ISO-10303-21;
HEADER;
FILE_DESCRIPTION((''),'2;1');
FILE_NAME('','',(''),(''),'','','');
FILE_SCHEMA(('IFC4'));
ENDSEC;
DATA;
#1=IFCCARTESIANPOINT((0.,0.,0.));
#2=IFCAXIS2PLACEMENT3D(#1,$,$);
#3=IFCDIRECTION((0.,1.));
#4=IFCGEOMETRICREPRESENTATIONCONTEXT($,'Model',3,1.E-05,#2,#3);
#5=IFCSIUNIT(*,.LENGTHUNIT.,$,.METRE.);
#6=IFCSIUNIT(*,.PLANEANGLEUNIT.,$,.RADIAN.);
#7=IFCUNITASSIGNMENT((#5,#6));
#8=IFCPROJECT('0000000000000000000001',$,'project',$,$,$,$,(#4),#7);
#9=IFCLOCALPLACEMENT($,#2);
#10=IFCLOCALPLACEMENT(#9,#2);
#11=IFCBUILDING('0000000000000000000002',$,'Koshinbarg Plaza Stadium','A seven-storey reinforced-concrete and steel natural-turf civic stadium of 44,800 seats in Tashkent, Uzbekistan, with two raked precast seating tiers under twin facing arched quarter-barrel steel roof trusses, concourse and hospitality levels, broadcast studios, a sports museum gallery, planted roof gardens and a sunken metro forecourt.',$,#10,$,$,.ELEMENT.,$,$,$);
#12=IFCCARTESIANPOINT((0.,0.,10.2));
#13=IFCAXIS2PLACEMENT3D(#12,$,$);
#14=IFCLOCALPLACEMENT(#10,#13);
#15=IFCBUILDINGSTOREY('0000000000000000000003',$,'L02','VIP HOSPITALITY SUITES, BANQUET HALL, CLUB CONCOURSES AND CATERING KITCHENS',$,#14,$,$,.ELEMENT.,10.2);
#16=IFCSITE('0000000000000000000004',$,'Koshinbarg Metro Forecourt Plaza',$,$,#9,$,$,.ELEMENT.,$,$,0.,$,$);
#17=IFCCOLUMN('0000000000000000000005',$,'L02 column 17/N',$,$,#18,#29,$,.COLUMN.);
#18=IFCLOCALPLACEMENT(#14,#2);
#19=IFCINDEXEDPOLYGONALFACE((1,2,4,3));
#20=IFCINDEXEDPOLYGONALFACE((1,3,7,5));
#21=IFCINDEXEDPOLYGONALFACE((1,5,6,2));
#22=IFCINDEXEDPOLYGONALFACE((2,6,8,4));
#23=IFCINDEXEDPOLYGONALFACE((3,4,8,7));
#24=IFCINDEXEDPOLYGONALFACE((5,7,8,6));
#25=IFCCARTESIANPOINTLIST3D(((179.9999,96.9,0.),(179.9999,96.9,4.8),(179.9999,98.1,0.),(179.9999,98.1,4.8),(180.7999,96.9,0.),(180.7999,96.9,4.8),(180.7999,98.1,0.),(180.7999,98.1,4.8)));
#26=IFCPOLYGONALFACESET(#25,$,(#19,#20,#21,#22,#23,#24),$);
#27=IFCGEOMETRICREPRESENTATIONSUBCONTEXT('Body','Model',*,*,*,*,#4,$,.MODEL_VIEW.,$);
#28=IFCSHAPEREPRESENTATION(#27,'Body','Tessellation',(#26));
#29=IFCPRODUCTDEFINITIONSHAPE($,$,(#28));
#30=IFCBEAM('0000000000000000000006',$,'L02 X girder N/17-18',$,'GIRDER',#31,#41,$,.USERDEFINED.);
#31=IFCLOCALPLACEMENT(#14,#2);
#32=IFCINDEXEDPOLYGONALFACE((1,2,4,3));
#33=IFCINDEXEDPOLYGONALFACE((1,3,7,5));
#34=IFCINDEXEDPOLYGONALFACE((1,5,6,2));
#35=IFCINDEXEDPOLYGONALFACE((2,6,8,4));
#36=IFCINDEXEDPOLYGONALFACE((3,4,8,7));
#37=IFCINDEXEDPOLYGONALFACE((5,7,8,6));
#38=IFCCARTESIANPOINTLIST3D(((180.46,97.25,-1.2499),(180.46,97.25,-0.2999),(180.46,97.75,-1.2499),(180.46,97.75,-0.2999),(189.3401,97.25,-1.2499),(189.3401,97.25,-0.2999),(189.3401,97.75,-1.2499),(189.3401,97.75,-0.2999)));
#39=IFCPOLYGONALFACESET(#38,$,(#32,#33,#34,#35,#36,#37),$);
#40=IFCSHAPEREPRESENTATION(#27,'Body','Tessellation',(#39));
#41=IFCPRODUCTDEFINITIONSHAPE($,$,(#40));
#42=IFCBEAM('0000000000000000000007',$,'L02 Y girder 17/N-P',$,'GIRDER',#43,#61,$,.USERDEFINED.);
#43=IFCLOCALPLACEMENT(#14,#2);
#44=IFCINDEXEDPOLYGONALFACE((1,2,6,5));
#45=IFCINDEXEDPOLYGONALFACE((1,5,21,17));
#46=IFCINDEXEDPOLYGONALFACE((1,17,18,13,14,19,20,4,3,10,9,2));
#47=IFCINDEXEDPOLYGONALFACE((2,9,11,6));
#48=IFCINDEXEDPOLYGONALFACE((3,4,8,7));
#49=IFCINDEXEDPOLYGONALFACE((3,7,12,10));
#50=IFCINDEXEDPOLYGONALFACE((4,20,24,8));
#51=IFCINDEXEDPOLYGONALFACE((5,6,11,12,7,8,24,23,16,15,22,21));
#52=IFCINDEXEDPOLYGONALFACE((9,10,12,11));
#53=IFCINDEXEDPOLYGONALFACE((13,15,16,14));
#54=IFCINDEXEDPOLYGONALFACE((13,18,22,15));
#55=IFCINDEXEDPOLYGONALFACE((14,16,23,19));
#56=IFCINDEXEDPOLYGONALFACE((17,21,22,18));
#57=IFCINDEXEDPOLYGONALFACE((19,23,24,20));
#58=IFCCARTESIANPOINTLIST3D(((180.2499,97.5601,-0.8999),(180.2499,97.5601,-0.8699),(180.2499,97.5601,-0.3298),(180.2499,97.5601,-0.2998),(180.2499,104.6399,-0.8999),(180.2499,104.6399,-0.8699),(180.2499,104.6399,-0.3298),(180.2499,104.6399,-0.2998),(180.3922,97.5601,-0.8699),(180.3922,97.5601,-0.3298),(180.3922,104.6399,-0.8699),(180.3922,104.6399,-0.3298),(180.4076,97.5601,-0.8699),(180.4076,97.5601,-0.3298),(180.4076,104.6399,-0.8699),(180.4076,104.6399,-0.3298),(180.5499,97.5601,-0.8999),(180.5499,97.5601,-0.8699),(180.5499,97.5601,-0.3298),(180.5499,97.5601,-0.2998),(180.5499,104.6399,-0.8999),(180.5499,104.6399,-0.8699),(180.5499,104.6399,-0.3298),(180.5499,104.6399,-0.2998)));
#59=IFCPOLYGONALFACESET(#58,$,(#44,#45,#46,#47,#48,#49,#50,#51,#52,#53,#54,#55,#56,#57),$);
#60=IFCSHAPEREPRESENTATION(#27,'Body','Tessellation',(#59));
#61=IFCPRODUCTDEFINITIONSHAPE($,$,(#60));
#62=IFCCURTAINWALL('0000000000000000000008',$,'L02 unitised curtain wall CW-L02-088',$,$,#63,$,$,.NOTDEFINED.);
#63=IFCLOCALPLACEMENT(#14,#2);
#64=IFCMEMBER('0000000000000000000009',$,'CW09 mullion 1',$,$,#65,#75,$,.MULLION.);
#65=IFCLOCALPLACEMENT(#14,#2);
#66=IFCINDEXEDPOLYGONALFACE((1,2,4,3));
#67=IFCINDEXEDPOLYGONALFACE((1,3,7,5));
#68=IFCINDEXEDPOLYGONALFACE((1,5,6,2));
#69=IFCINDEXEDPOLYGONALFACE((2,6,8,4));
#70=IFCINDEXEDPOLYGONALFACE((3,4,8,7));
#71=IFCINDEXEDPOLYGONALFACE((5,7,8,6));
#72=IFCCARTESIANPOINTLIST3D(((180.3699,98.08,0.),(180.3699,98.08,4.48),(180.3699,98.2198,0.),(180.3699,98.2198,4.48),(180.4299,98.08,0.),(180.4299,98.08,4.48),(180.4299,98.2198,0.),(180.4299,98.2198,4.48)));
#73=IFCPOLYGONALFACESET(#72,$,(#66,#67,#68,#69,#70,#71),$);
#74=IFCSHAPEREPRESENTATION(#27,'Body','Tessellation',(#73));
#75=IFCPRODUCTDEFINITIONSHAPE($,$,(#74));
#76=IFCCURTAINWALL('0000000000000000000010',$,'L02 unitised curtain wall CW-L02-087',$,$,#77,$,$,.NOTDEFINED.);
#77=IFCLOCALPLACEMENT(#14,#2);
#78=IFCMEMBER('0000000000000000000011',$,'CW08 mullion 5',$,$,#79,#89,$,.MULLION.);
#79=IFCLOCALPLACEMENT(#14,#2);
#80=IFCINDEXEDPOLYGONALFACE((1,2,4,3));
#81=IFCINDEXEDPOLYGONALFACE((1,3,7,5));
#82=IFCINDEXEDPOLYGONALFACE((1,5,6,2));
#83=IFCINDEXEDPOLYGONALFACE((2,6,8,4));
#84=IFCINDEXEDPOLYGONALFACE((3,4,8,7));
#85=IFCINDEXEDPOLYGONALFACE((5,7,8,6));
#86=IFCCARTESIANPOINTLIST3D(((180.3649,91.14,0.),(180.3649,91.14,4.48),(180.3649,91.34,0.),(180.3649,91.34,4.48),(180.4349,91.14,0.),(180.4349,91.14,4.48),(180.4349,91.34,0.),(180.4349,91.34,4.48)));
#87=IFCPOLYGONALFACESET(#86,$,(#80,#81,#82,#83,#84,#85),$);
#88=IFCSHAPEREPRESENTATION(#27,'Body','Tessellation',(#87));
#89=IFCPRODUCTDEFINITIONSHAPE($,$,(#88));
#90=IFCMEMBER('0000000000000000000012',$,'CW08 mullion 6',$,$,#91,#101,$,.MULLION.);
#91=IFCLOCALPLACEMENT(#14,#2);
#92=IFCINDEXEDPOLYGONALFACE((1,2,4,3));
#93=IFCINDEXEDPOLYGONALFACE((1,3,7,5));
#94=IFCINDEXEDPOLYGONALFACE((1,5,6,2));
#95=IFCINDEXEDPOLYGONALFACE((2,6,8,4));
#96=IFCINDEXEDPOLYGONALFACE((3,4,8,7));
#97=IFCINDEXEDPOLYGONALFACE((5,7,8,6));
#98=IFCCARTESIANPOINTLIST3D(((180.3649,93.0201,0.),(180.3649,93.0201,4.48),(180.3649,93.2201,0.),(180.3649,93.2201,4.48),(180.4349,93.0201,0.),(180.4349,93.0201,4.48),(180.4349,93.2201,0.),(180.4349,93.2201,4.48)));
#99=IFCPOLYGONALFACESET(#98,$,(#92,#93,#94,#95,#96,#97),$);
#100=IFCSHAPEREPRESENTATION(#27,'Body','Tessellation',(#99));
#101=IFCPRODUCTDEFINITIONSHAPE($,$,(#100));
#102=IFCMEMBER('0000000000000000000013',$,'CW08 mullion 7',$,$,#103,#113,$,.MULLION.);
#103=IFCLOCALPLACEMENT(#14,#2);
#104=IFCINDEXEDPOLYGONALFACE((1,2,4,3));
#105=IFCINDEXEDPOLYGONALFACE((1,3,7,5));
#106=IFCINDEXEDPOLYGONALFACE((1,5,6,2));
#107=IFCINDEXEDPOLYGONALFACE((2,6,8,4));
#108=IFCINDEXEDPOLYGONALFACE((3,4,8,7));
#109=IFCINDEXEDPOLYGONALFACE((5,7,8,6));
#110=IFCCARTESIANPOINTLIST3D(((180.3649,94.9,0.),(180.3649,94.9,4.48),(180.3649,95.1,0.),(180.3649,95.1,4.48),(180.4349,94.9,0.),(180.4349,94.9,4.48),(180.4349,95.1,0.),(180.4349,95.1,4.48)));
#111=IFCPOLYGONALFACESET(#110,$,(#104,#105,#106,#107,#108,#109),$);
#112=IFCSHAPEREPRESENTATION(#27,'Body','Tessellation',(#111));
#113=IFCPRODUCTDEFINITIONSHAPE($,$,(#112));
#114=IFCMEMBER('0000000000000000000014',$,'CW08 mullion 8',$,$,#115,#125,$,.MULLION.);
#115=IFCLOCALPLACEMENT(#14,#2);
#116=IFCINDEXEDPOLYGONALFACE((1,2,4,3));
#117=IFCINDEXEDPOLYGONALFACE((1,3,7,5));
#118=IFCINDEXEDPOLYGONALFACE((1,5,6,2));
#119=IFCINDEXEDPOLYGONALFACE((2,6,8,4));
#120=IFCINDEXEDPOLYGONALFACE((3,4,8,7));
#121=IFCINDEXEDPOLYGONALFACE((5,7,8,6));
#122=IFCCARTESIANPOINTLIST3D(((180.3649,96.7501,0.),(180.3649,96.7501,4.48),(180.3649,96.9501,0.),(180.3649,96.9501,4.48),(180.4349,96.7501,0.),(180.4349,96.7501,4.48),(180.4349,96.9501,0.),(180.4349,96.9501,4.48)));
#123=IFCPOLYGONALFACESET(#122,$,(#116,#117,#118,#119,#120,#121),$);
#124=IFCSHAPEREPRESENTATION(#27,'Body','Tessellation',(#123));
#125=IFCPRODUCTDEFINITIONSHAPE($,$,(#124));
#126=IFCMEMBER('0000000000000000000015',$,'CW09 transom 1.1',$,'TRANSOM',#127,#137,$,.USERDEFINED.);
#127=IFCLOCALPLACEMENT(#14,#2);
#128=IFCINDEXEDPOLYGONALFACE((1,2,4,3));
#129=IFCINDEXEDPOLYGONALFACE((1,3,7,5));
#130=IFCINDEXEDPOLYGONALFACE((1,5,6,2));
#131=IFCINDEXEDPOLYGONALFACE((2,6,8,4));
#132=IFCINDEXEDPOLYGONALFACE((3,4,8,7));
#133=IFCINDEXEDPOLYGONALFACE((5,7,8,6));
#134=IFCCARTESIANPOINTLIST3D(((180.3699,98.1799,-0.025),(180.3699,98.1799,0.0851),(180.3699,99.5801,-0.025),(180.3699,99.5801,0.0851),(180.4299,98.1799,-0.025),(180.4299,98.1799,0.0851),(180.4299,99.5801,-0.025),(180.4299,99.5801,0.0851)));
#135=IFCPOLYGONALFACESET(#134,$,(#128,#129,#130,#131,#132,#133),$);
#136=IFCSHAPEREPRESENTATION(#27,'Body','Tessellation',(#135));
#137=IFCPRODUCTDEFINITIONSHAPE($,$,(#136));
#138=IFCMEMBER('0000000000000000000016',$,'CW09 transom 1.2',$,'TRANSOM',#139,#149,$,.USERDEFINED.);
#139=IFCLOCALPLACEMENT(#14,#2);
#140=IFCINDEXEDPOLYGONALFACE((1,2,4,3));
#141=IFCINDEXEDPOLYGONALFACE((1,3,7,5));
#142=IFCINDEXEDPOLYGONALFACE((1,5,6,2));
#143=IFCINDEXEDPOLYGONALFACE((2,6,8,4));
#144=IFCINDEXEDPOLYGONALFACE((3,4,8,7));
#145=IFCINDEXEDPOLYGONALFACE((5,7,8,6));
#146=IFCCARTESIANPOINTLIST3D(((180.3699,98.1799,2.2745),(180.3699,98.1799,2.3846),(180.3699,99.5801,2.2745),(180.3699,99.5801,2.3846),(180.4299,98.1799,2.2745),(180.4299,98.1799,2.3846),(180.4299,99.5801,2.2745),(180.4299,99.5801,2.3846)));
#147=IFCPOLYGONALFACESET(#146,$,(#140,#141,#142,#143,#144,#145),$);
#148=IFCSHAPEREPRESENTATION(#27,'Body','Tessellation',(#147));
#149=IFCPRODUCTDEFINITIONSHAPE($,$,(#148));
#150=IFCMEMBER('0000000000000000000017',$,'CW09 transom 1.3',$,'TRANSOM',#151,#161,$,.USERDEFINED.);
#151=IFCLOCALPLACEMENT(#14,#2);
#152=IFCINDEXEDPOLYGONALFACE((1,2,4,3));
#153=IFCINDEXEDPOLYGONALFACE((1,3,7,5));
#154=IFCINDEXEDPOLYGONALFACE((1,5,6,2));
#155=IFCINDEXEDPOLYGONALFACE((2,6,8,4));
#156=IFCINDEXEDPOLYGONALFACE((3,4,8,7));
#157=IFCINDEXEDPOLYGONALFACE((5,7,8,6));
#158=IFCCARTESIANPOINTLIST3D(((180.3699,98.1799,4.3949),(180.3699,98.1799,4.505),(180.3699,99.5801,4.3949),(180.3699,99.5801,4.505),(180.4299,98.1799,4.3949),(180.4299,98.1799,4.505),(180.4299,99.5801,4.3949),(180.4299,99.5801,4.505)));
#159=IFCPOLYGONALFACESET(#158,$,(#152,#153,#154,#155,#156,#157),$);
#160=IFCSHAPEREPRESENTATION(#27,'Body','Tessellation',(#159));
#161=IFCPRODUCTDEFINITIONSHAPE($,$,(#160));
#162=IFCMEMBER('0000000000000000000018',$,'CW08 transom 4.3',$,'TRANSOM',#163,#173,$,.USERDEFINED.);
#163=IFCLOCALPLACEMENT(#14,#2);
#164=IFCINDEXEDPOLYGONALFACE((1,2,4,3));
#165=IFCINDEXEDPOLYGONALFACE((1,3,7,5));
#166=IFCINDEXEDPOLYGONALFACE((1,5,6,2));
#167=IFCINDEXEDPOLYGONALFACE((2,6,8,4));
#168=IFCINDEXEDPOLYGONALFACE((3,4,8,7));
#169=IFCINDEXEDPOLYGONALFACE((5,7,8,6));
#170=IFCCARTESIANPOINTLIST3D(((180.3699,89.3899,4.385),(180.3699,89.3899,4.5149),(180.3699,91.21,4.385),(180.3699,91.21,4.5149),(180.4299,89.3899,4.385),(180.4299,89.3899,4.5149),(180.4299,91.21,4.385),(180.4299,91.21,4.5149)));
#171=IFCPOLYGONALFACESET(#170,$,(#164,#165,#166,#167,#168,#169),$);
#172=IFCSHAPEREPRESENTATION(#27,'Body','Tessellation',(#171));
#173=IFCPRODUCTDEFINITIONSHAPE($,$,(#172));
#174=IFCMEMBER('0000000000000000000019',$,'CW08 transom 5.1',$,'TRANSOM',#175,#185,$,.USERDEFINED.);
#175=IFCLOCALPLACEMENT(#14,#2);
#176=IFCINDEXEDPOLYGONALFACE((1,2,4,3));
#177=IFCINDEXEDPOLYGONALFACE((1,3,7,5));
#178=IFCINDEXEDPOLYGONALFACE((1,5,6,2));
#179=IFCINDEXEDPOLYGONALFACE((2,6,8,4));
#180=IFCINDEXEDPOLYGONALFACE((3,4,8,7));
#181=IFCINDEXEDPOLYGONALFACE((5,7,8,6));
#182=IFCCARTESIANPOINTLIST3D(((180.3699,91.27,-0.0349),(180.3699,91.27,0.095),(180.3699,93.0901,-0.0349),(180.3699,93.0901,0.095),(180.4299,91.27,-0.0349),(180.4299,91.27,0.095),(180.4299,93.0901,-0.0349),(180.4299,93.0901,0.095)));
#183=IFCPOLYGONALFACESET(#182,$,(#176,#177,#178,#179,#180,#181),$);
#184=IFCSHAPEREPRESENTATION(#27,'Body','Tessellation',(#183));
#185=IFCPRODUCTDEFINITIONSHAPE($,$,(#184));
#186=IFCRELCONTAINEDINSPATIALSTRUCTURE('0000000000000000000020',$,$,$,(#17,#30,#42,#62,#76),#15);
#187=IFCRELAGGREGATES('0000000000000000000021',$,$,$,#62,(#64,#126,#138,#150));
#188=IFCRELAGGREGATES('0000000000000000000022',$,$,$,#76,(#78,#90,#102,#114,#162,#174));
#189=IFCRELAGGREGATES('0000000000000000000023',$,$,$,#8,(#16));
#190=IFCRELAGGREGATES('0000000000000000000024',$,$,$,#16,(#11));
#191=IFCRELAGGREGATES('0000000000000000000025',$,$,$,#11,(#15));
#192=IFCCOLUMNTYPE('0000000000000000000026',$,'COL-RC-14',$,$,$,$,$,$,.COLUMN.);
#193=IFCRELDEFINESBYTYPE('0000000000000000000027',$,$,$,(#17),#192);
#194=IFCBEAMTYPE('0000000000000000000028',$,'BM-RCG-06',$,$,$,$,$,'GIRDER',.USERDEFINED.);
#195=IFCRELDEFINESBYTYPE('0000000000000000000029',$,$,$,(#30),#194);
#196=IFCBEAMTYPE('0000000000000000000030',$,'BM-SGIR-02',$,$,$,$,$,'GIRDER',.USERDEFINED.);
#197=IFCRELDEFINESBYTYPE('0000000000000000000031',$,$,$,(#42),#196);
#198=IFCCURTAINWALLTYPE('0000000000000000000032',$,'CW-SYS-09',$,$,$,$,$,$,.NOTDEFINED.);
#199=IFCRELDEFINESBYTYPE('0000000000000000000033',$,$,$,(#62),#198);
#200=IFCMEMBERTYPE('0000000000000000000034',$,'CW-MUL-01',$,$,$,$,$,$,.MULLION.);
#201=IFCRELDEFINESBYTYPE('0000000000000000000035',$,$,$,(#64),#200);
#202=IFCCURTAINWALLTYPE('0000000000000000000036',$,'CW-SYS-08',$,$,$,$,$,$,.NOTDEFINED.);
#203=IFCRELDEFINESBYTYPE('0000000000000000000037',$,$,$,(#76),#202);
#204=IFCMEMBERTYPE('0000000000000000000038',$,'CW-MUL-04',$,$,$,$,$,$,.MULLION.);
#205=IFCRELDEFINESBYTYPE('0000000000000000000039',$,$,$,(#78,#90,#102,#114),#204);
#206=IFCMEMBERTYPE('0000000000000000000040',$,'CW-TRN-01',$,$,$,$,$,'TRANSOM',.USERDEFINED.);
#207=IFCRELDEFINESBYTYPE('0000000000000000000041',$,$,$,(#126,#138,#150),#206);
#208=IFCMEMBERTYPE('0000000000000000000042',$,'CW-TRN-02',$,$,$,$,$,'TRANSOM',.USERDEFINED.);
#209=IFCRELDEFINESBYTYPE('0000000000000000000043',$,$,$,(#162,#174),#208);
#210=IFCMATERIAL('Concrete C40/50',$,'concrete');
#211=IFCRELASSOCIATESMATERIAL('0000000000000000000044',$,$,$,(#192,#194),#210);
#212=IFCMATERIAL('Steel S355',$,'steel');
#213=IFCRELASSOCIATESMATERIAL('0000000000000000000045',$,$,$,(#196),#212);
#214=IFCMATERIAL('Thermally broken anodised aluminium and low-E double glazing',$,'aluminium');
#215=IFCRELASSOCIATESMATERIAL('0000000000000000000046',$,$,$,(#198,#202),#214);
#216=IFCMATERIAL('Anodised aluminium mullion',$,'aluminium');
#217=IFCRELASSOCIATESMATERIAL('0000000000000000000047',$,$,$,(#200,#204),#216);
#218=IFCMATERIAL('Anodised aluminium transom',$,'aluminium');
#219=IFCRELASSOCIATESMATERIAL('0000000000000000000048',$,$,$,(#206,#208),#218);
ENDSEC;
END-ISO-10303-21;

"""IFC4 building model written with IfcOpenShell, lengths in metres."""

from ifc_helpers import new_model, si_unit, direction, frame, origin, origin_2d, place, context, subcontext, project, spatial, rectangle, i_section, extrude, material, material_profile, profile_set, type_object, element, aggregate, save


model = new_model("IFC4")

# Units and contexts
model_context = context("Model", 3, precision=1e-05, world=origin(), true_north=direction((0.0, 1.0)))
body_context = subcontext(model_context, "Body", "Model", "MODEL_VIEW")
ifc_project = project(units=[si_unit("LENGTHUNIT", "METRE"), si_unit("PLANEANGLEUNIT", "RADIAN")], contexts=[model_context])

# Site, building, storey
site_placement = place(None, origin())
site = spatial("IfcSite", under=ifc_project, at=site_placement, Name="Koshinbarg Metro Forecourt Plaza", CompositionType="ELEMENT", RefElevation=0.0)
building_placement = place(site_placement, origin())
building = spatial("IfcBuilding", under=site, at=building_placement, Name="Koshinbarg Plaza Stadium", Description="A seven-storey reinforced-concrete and steel natural-turf civic stadium of 44,800 seats in Tashkent, Uzbekistan, with two raked precast seating tiers under twin facing arched quarter-barrel steel roof trusses, concourse and hospitality levels, broadcast studios, a sports museum gallery, planted roof gardens and a sunken metro forecourt.", CompositionType="ELEMENT")
storey_placement = place(building_placement, frame((0.0, 0.0, 10.2)))
storey = spatial("IfcBuildingStorey", under=building, at=storey_placement, Name="L02", Description="VIP HOSPITALITY SUITES, BANQUET HALL, CLUB CONCOURSES AND CATERING KITCHENS", CompositionType="ELEMENT", Elevation=10.2)

# Column
ifc_material_1 = material(Name="Concrete C40/50", Category="concrete")
ifc_material_profile_1 = material_profile(ifc_material_1, rectangle(XDim=0.8, YDim=1.2, at=origin_2d()), Name="RC 800x1200")
ifc_profile_set_1 = profile_set([ifc_material_profile_1], Name="Concrete C40/50")
column_type = type_object("IfcColumnType", Name="COL-RC-14", PredefinedType="COLUMN", material=ifc_profile_set_1)
column_placement = place(storey_placement, frame((180.3999, 97.5, 0.0), z_axis=(0.0, 0.0, 1.0), x_axis=(1.0, 0.0, 0.0)))
element("IfcColumn", 1, at=column_placement, inside=storey, type_object=column_type, Name="L02 column 17/N", PredefinedType="COLUMN", context=body_context, shape_type="SweptSolid", body=[
    extrude(rectangle(XDim=0.8, YDim=1.2, at=origin_2d()), origin(), (0.0, 0.0, 1.0), 4.8),
])

# Beams
ifc_material_profile_2 = material_profile(ifc_material_1, rectangle(XDim=0.5, YDim=0.95, at=origin_2d()), Name="RC 500x950")
ifc_profile_set_2 = profile_set([ifc_material_profile_2], Name="Concrete C40/50")
beam_type_1 = type_object("IfcBeamType", Name="BM-RCG-06", ElementType="GIRDER", PredefinedType="USERDEFINED", material=ifc_profile_set_2)
beam_1_placement = place(storey_placement, frame((180.46, 97.5, -0.7749), z_axis=(1.0, 0.0, 0.0), x_axis=(0.0, 1.0, 0.0)))
element("IfcBeam", 2, at=beam_1_placement, inside=storey, type_object=beam_type_1, Name="L02 X girder N/17-18", ObjectType="GIRDER", PredefinedType="USERDEFINED", context=body_context, shape_type="SweptSolid", body=[
    extrude(rectangle(XDim=0.5, YDim=0.95, at=origin_2d()), origin(), (0.0, 0.0, 1.0), 8.8801),
])
ifc_material_2 = material(Name="Steel S355", Category="steel")
ifc_material_profile_3 = material_profile(ifc_material_2, i_section(OverallWidth=0.3, OverallDepth=0.6001, WebThickness=0.0154, FlangeThickness=0.03, at=origin_2d()), Name="HEB 600")
ifc_profile_set_3 = profile_set([ifc_material_profile_3], Name="Steel S355")
beam_type_2 = type_object("IfcBeamType", Name="BM-SGIR-02", ElementType="GIRDER", PredefinedType="USERDEFINED", material=ifc_profile_set_3)
beam_2_placement = place(storey_placement, frame((180.3999, 97.5601, -0.5999), z_axis=(0.0, 1.0, 0.0), x_axis=(-1.0, 0.0, 0.0)))
element("IfcBeam", 3, at=beam_2_placement, inside=storey, type_object=beam_type_2, Name="L02 Y girder 17/N-P", ObjectType="GIRDER", PredefinedType="USERDEFINED", context=body_context, shape_type="SweptSolid", body=[
    extrude(i_section(OverallWidth=0.3, OverallDepth=0.6001, WebThickness=0.0154, FlangeThickness=0.03, at=origin_2d()), origin(), (0.0, 0.0, 1.0), 7.0798),
])

# Curtain wall, member
ifc_material_3 = material(Name="Thermally broken anodised aluminium and low-E double glazing", Category="aluminium")
curtain_wall_type_1 = type_object("IfcCurtainWallType", Name="CW-SYS-09", PredefinedType="NOTDEFINED", material=ifc_material_3)
curtain_wall_1_placement = place(storey_placement, origin())
curtain_wall_1 = element("IfcCurtainWall", 4, at=curtain_wall_1_placement, inside=storey, type_object=curtain_wall_type_1, Name="L02 unitised curtain wall CW-L02-088", PredefinedType="NOTDEFINED")
ifc_material_4 = material(Name="Anodised aluminium mullion", Category="aluminium")
ifc_material_profile_4 = material_profile(ifc_material_4, rectangle(XDim=0.0601, YDim=0.1399, at=origin_2d()), Name="ALU 60x140")
ifc_profile_set_4 = profile_set([ifc_material_profile_4], Name="Anodised aluminium mullion")
member_type_1 = type_object("IfcMemberType", Name="CW-MUL-01", PredefinedType="MULLION", material=ifc_profile_set_4)
member_1_placement = place(storey_placement, frame((180.3999, 98.1499, 0.0), z_axis=(0.0, 0.0, 1.0), x_axis=(-1.0, 0.0, 0.0)))
member_1 = element("IfcMember", 5, at=member_1_placement, type_object=member_type_1, Name="CW09 mullion 1", PredefinedType="MULLION", context=body_context, shape_type="SweptSolid", body=[
    extrude(rectangle(XDim=0.0601, YDim=0.1399, at=origin_2d()), origin(), (0.0, 0.0, 1.0), 4.48),
])

# Curtain wall, members
curtain_wall_type_2 = type_object("IfcCurtainWallType", Name="CW-SYS-08", PredefinedType="NOTDEFINED", material=ifc_material_3)
curtain_wall_2_placement = place(storey_placement, origin())
curtain_wall_2 = element("IfcCurtainWall", 6, at=curtain_wall_2_placement, inside=storey, type_object=curtain_wall_type_2, Name="L02 unitised curtain wall CW-L02-087", PredefinedType="NOTDEFINED")
ifc_material_profile_5 = material_profile(ifc_material_4, rectangle(XDim=0.0701, YDim=0.2, at=origin_2d()), Name="ALU 70x200")
ifc_profile_set_5 = profile_set([ifc_material_profile_5], Name="Anodised aluminium mullion")
member_type_2 = type_object("IfcMemberType", Name="CW-MUL-04", PredefinedType="MULLION", material=ifc_profile_set_5)
member_2_placement = place(storey_placement, frame((180.3999, 91.24, 0.0), z_axis=(0.0, 0.0, 1.0), x_axis=(-1.0, 0.0, 0.0)))
member_2 = element("IfcMember", 7, at=member_2_placement, type_object=member_type_2, Name="CW08 mullion 5", PredefinedType="MULLION", context=body_context, shape_type="SweptSolid", body=[
    extrude(rectangle(XDim=0.0701, YDim=0.2, at=origin_2d()), origin(), (0.0, 0.0, 1.0), 4.48),
])
member_3_placement = place(storey_placement, frame((180.3999, 93.1201, 0.0), z_axis=(0.0, 0.0, 1.0), x_axis=(-1.0, 0.0, 0.0)))
member_3 = element("IfcMember", 8, at=member_3_placement, type_object=member_type_2, Name="CW08 mullion 6", PredefinedType="MULLION", context=body_context, shape_type="SweptSolid", body=[
    extrude(rectangle(XDim=0.0701, YDim=0.2, at=origin_2d()), origin(), (0.0, 0.0, 1.0), 4.48),
])
member_4_placement = place(storey_placement, frame((180.3999, 95.0, 0.0), z_axis=(0.0, 0.0, 1.0), x_axis=(-1.0, 0.0, 0.0)))
member_4 = element("IfcMember", 9, at=member_4_placement, type_object=member_type_2, Name="CW08 mullion 7", PredefinedType="MULLION", context=body_context, shape_type="SweptSolid", body=[
    extrude(rectangle(XDim=0.0701, YDim=0.2, at=origin_2d()), origin(), (0.0, 0.0, 1.0), 4.48),
])
member_5_placement = place(storey_placement, frame((180.3999, 96.8501, 0.0), z_axis=(0.0, 0.0, 1.0), x_axis=(-1.0, 0.0, 0.0)))
member_5 = element("IfcMember", 10, at=member_5_placement, type_object=member_type_2, Name="CW08 mullion 8", PredefinedType="MULLION", context=body_context, shape_type="SweptSolid", body=[
    extrude(rectangle(XDim=0.0701, YDim=0.2, at=origin_2d()), origin(), (0.0, 0.0, 1.0), 4.48),
])

# Members
ifc_material_5 = material(Name="Anodised aluminium transom", Category="aluminium")
ifc_material_profile_6 = material_profile(ifc_material_5, rectangle(XDim=0.0601, YDim=0.1101, at=origin_2d()), Name="ALU 60x110")
ifc_profile_set_6 = profile_set([ifc_material_profile_6], Name="Anodised aluminium transom")
member_type_3 = type_object("IfcMemberType", Name="CW-TRN-01", ElementType="TRANSOM", PredefinedType="USERDEFINED", material=ifc_profile_set_6)
member_6_placement = place(storey_placement, frame((180.3999, 98.1799, 0.03), z_axis=(0.0, 1.0, 0.0), x_axis=(-1.0, 0.0, 0.0)))
member_6 = element("IfcMember", 11, at=member_6_placement, type_object=member_type_3, Name="CW09 transom 1.1", ObjectType="TRANSOM", PredefinedType="USERDEFINED", context=body_context, shape_type="SweptSolid", body=[
    extrude(rectangle(XDim=0.0601, YDim=0.1101, at=origin_2d()), origin(), (0.0, 0.0, 1.0), 1.4001),
])
member_7_placement = place(storey_placement, frame((180.3999, 98.1799, 2.3296), z_axis=(0.0, 1.0, 0.0), x_axis=(-1.0, 0.0, 0.0)))
member_7 = element("IfcMember", 12, at=member_7_placement, type_object=member_type_3, Name="CW09 transom 1.2", ObjectType="TRANSOM", PredefinedType="USERDEFINED", context=body_context, shape_type="SweptSolid", body=[
    extrude(rectangle(XDim=0.0601, YDim=0.1101, at=origin_2d()), origin(), (0.0, 0.0, 1.0), 1.4001),
])
member_8_placement = place(storey_placement, frame((180.3999, 98.1799, 4.45), z_axis=(0.0, 1.0, 0.0), x_axis=(-1.0, 0.0, 0.0)))
member_8 = element("IfcMember", 13, at=member_8_placement, type_object=member_type_3, Name="CW09 transom 1.3", ObjectType="TRANSOM", PredefinedType="USERDEFINED", context=body_context, shape_type="SweptSolid", body=[
    extrude(rectangle(XDim=0.0601, YDim=0.1101, at=origin_2d()), origin(), (0.0, 0.0, 1.0), 1.4001),
])
aggregate(curtain_wall_1, [member_1, member_6, member_7, member_8])
ifc_material_profile_7 = material_profile(ifc_material_5, rectangle(XDim=0.0601, YDim=0.1299, at=origin_2d()), Name="ALU 60x130")
ifc_profile_set_7 = profile_set([ifc_material_profile_7], Name="Anodised aluminium transom")
member_type_4 = type_object("IfcMemberType", Name="CW-TRN-02", ElementType="TRANSOM", PredefinedType="USERDEFINED", material=ifc_profile_set_7)
member_9_placement = place(storey_placement, frame((180.3999, 89.3899, 4.45), z_axis=(0.0, 1.0, 0.0), x_axis=(-1.0, 0.0, 0.0)))
member_9 = element("IfcMember", 14, at=member_9_placement, type_object=member_type_4, Name="CW08 transom 4.3", ObjectType="TRANSOM", PredefinedType="USERDEFINED", context=body_context, shape_type="SweptSolid", body=[
    extrude(rectangle(XDim=0.0601, YDim=0.1299, at=origin_2d()), origin(), (0.0, 0.0, 1.0), 1.8201),
])
member_10_placement = place(storey_placement, frame((180.3999, 91.27, 0.03), z_axis=(0.0, 1.0, 0.0), x_axis=(-1.0, 0.0, 0.0)))
member_10 = element("IfcMember", 15, at=member_10_placement, type_object=member_type_4, Name="CW08 transom 5.1", ObjectType="TRANSOM", PredefinedType="USERDEFINED", context=body_context, shape_type="SweptSolid", body=[
    extrude(rectangle(XDim=0.0601, YDim=0.1299, at=origin_2d()), origin(), (0.0, 0.0, 1.0), 1.8201),
])

aggregate(curtain_wall_2, [member_2, member_3, member_4, member_5, member_9, member_10])

save(model, "model.ifc")
